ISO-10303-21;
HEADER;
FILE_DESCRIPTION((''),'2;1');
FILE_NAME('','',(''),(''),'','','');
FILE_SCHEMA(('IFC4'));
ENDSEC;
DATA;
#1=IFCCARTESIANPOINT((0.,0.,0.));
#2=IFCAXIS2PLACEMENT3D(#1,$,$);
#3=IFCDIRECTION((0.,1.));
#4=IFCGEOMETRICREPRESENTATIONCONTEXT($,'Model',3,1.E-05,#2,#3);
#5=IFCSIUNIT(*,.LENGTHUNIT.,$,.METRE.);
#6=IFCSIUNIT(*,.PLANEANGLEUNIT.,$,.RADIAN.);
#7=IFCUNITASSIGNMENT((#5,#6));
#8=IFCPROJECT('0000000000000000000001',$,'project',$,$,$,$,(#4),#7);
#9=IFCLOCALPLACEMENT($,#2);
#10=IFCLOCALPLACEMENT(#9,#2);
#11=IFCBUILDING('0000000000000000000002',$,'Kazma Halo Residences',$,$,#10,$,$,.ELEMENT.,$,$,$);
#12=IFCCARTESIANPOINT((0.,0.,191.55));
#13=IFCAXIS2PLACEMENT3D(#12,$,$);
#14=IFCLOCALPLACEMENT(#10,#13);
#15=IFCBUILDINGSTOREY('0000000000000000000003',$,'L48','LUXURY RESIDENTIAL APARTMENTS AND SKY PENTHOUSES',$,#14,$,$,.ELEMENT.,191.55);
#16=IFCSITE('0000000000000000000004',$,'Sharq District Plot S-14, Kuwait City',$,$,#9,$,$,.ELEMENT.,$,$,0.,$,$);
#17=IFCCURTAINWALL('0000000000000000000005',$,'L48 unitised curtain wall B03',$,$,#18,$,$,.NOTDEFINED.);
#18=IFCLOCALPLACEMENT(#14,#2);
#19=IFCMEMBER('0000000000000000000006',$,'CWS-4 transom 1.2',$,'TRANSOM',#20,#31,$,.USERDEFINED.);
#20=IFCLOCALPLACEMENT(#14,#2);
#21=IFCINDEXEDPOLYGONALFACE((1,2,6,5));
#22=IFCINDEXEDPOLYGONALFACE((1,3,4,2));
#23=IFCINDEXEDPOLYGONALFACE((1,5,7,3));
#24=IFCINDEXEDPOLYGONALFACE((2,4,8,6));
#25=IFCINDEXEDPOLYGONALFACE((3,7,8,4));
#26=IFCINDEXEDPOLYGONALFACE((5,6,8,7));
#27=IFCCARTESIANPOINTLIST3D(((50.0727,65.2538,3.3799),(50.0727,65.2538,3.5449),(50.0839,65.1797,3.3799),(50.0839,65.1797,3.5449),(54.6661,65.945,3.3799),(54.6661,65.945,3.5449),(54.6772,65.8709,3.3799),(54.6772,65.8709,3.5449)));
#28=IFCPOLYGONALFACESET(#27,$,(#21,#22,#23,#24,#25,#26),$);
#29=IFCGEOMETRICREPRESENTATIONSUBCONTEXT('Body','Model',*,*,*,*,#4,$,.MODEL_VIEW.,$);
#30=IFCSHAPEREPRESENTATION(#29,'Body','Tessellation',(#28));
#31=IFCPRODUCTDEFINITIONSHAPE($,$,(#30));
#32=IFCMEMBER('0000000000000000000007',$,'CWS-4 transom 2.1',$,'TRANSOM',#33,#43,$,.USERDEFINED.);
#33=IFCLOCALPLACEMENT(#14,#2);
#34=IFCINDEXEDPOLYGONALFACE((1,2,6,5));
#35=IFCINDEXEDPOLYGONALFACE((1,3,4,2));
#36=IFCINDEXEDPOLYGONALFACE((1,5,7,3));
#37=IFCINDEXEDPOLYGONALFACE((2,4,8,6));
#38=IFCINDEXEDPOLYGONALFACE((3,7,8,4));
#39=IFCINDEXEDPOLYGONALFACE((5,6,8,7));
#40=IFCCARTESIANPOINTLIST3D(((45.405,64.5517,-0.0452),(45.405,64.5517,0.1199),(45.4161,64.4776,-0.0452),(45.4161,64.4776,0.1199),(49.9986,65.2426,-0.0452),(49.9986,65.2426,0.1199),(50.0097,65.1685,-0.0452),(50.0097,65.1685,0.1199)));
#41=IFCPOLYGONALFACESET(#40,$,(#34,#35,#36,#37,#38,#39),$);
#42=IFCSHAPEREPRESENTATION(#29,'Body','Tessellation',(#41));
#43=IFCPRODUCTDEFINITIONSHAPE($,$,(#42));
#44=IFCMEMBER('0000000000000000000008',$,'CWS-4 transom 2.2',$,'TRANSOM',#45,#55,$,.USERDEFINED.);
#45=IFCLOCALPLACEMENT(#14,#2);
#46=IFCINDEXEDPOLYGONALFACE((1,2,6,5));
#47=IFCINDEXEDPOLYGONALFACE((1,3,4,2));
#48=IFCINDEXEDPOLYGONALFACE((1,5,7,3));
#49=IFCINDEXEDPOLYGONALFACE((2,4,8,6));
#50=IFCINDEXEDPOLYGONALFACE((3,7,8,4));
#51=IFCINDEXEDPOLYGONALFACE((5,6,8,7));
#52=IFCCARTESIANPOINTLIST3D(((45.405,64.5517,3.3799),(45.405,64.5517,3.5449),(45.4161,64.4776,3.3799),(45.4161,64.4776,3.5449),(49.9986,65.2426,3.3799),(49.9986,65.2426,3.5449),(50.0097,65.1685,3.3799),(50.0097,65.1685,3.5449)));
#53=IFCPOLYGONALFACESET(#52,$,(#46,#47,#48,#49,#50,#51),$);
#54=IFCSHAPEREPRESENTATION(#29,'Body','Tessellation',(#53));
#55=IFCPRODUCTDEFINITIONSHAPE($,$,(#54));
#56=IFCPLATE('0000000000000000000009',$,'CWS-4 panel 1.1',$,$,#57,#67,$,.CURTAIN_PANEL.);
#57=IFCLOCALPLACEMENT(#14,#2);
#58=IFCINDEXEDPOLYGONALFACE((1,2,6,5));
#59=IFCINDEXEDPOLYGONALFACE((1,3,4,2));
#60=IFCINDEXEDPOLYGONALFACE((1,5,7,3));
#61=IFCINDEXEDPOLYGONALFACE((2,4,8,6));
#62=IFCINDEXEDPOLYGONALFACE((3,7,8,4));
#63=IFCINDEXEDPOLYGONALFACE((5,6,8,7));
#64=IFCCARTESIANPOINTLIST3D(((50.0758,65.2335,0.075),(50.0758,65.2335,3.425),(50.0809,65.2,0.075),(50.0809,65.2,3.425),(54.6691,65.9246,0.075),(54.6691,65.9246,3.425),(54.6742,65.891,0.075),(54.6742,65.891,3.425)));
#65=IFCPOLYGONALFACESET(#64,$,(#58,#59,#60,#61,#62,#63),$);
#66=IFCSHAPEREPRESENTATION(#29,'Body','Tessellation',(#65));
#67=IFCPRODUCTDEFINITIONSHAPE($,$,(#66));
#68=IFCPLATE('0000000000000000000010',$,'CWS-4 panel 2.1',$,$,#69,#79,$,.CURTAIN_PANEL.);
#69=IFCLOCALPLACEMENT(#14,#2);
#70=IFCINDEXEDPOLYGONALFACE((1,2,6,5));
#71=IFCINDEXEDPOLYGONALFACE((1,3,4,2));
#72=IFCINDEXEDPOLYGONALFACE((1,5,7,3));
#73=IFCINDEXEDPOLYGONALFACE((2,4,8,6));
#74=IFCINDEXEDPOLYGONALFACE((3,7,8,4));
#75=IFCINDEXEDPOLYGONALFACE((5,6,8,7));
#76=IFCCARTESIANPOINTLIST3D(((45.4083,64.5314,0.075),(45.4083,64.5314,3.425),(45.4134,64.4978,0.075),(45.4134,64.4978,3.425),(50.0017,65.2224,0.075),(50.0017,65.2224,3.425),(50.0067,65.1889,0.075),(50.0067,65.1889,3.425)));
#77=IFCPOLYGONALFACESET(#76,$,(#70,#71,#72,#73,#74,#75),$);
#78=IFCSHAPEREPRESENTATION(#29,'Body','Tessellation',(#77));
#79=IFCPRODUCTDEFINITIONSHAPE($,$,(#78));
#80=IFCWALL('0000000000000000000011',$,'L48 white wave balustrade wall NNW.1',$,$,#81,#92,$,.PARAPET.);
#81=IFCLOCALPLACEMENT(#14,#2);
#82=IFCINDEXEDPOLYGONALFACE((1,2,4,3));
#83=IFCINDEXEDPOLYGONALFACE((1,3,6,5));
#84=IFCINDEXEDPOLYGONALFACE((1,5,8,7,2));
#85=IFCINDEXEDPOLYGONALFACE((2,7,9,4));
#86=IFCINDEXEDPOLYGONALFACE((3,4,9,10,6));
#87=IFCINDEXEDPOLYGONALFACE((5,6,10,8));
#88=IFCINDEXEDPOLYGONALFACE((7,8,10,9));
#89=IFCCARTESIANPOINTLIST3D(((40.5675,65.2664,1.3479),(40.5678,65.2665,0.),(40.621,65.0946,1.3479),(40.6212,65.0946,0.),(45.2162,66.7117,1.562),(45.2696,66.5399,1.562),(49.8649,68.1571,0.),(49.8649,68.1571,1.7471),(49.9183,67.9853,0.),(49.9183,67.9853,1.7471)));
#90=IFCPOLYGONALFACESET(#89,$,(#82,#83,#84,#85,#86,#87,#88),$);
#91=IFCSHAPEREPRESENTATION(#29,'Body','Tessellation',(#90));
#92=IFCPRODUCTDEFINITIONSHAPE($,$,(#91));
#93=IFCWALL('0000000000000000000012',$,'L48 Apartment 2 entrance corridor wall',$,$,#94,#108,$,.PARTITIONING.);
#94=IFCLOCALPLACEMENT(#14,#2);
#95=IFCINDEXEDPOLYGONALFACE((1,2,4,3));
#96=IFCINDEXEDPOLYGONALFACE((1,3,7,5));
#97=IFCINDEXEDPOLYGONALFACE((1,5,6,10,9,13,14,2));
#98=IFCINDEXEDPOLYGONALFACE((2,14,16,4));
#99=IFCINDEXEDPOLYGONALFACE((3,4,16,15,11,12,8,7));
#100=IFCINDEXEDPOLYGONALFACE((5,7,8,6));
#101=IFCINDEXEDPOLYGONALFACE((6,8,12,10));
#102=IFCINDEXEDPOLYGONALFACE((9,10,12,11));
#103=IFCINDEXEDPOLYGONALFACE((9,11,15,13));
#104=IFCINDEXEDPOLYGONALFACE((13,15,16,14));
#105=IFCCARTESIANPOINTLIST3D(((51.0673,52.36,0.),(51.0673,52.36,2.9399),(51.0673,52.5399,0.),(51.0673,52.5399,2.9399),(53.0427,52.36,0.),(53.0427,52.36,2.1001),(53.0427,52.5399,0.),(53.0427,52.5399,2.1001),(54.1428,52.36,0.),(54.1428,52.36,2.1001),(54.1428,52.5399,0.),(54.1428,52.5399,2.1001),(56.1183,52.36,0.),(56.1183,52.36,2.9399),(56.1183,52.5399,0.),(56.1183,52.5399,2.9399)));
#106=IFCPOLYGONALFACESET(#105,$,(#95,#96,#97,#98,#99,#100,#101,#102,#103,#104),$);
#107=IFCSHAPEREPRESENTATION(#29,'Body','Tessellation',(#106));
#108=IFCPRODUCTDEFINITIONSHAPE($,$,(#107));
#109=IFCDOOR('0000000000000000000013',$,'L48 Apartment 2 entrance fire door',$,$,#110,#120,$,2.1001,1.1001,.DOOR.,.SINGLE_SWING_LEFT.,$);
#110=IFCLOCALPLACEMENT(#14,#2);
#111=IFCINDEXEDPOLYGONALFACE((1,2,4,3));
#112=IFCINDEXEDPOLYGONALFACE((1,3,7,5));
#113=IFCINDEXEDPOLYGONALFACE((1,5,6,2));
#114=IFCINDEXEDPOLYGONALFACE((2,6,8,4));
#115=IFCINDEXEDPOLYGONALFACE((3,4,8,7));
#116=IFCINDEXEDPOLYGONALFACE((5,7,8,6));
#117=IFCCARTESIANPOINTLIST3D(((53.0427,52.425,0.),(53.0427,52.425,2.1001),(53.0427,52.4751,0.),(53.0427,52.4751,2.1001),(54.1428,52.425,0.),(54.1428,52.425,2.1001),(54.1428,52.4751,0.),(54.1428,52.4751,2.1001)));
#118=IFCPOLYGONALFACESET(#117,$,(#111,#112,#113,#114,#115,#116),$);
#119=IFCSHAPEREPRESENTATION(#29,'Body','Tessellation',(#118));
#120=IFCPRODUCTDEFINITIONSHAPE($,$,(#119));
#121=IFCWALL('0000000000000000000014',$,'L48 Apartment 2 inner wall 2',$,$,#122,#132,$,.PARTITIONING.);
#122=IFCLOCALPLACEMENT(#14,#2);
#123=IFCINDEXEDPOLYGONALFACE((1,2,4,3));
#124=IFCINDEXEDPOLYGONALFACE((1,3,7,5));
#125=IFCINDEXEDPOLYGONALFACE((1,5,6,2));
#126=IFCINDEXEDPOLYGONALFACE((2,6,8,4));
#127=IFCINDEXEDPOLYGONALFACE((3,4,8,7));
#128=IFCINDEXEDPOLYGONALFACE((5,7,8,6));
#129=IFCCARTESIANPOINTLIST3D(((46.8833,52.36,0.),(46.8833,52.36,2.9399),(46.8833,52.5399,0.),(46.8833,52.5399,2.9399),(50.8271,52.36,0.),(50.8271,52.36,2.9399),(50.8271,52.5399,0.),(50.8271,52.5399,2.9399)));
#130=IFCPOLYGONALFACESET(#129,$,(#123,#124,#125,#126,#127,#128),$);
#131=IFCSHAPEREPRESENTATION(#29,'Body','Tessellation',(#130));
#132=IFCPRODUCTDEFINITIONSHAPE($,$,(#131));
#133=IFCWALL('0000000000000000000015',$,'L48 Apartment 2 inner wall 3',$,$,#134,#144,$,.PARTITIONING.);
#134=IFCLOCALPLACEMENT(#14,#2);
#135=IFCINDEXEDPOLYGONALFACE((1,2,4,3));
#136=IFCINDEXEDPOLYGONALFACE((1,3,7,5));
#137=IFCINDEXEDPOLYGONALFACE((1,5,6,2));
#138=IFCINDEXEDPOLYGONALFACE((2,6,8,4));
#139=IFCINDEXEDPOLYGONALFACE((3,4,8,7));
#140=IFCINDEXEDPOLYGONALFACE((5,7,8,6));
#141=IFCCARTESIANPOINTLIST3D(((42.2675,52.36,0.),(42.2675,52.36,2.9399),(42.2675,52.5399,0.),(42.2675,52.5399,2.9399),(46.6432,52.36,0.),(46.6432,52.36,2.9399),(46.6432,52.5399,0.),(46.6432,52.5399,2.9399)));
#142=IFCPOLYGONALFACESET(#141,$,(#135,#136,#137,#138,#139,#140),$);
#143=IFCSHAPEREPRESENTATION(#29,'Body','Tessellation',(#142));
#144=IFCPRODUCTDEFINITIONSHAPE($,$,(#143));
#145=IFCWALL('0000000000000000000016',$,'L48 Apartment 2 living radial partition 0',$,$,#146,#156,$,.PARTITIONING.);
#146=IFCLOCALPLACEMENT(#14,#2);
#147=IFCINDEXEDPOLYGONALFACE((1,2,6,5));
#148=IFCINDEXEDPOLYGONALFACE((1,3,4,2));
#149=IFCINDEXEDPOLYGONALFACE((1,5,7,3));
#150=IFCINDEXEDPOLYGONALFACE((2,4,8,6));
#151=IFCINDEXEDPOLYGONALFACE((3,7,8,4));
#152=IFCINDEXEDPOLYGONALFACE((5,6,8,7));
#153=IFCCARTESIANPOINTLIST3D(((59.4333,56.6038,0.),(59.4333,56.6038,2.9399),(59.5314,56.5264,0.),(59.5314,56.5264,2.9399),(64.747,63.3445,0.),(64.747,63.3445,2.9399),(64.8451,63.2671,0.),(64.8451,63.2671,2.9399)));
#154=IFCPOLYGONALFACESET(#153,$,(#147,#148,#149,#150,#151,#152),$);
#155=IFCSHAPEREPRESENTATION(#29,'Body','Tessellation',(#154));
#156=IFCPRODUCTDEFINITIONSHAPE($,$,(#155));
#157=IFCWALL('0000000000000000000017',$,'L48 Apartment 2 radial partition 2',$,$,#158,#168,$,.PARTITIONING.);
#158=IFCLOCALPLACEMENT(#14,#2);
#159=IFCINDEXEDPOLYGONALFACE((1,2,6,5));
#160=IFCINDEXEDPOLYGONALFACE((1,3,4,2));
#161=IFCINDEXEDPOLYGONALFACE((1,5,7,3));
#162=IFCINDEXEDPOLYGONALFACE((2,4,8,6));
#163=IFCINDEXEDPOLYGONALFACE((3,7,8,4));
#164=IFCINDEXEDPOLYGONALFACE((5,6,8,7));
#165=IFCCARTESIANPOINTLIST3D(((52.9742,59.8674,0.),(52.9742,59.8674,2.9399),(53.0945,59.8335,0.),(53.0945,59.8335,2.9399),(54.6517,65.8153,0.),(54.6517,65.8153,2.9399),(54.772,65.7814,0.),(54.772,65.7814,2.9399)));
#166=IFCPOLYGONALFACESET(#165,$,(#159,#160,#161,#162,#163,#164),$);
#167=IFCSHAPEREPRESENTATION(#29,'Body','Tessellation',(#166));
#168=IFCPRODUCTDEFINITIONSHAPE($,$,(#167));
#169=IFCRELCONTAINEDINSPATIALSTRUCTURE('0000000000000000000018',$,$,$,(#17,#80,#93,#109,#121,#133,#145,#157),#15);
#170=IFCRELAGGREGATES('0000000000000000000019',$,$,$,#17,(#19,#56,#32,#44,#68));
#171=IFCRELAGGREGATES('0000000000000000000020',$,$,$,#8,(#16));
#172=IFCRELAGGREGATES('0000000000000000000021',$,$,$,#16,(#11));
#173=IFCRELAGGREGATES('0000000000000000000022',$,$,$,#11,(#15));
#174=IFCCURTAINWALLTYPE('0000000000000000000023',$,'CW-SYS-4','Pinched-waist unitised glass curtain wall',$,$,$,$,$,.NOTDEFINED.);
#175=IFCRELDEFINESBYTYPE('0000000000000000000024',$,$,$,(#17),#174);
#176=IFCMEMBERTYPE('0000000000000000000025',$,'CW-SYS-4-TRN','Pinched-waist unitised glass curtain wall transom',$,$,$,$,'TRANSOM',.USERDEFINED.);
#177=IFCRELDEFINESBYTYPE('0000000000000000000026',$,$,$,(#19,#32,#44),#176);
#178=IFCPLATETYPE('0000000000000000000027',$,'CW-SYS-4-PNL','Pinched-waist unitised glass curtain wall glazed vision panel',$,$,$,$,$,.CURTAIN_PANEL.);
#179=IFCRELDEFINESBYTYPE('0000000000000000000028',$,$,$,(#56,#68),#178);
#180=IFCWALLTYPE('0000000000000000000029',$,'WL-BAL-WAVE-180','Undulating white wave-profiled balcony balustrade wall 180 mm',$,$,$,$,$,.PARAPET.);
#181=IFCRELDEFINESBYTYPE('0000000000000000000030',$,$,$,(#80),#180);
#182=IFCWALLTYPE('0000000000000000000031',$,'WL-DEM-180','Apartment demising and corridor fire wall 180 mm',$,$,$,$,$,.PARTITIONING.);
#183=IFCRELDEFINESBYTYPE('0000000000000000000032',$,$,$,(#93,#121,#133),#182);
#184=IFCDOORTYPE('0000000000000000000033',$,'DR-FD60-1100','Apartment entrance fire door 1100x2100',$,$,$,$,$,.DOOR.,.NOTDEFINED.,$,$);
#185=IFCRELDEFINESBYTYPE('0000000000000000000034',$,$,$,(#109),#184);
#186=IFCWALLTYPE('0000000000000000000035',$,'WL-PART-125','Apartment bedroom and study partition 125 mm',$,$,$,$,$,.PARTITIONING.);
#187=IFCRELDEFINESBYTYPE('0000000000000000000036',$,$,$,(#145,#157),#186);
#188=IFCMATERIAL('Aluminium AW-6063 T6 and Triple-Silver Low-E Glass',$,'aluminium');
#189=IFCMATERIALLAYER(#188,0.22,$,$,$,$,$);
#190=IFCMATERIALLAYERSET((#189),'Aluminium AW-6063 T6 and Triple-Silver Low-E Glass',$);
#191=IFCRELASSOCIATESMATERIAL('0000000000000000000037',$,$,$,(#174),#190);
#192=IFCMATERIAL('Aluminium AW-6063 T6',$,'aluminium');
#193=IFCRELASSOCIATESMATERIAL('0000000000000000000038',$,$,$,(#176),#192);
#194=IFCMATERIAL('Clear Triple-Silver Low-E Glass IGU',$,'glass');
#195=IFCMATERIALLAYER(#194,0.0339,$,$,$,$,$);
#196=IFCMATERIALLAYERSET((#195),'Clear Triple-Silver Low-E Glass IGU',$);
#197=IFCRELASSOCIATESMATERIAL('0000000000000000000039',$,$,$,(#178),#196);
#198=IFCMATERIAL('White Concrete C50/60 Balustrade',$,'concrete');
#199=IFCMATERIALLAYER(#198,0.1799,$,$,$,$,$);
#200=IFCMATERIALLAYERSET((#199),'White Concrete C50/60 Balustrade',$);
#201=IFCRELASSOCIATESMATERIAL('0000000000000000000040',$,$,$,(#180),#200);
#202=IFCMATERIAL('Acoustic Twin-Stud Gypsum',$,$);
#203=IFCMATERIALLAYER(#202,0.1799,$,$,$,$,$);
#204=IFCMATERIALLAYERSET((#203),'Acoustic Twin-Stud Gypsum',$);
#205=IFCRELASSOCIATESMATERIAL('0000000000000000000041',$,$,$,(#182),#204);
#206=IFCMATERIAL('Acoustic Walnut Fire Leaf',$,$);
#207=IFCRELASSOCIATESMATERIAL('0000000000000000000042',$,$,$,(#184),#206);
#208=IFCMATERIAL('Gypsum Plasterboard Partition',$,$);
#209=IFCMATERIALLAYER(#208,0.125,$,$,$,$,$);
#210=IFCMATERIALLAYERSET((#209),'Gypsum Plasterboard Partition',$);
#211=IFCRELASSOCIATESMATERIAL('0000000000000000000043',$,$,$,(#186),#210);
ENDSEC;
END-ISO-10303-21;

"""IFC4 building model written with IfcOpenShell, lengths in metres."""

from ifc_helpers import new_model, si_unit, direction, frame, frame_2d, origin, origin_2d, place, context, subcontext, project, spatial, polyline, rectangle, outline, extrude, material, layer, layer_set, material_profile, profile_set, type_object, element, fill, aggregate, save


model = new_model("IFC4")

# Units and contexts
model_context = context("Model", 3, precision=1e-05, world=origin(), true_north=direction((0.0, 1.0)))
body_context = subcontext(model_context, "Body", "Model", "MODEL_VIEW")
ifc_project = project(units=[si_unit("LENGTHUNIT", "METRE"), si_unit("PLANEANGLEUNIT", "RADIAN")], contexts=[model_context])

# Site, building, storey
site_placement = place(None, origin())
site = spatial("IfcSite", under=ifc_project, at=site_placement, Name="Sharq District Plot S-14, Kuwait City", CompositionType="ELEMENT", RefElevation=0.0)
building_placement = place(site_placement, origin())
building = spatial("IfcBuilding", under=site, at=building_placement, Name="Kazma Halo Residences", CompositionType="ELEMENT")
storey_placement = place(building_placement, frame((0.0, 0.0, 191.55)))
storey = spatial("IfcBuildingStorey", under=building, at=storey_placement, Name="L48", Description="LUXURY RESIDENTIAL APARTMENTS AND SKY PENTHOUSES", CompositionType="ELEMENT", Elevation=191.55)

# Curtain wall, members, plates
ifc_material_1 = material(Name="Aluminium AW-6063 T6 and Triple-Silver Low-E Glass", Category="aluminium")
ifc_layer_1 = layer(ifc_material_1, 0.22)
ifc_layer_set_1 = layer_set([ifc_layer_1], Name="Aluminium AW-6063 T6 and Triple-Silver Low-E Glass")
curtain_wall_type = type_object("IfcCurtainWallType", Name="CW-SYS-4", Description="Pinched-waist unitised glass curtain wall", PredefinedType="NOTDEFINED", material=ifc_layer_set_1)
curtain_wall_placement = place(storey_placement, origin())
curtain_wall = element("IfcCurtainWall", 1, at=curtain_wall_placement, inside=storey, type_object=curtain_wall_type, Name="L48 unitised curtain wall B03", PredefinedType="NOTDEFINED")
ifc_material_2 = material(Name="Aluminium AW-6063 T6", Category="aluminium")
ifc_material_profile_1 = material_profile(ifc_material_2, rectangle(XDim=0.075, YDim=0.165, at=origin_2d()), Name="CWT-75x165")
ifc_profile_set_1 = profile_set([ifc_material_profile_1], Name="Aluminium AW-6063 T6")
member_type_1 = type_object("IfcMemberType", Name="CW-SYS-4-TRN", Description="Pinched-waist unitised glass curtain wall transom", ElementType="TRANSOM", PredefinedType="USERDEFINED", material=ifc_profile_set_1)
member_1_placement = place(storey_placement, frame((54.6716, 65.908, 3.4624), z_axis=(-0.988868, -0.148798, 0.0), x_axis=(0.148798, -0.988868, 0.0)))
member_1 = element("IfcMember", 2, at=member_1_placement, type_object=member_type_1, Name="CWS-4 transom 1.2", ObjectType="TRANSOM", PredefinedType="USERDEFINED", context=body_context, shape_type="SweptSolid", body=[
    extrude(rectangle(XDim=0.075, YDim=0.165, at=origin_2d()), origin(), (0.0, 0.0, 1.0), 4.645),
])
member_2_placement = place(storey_placement, frame((50.0042, 65.2056, 0.0374), z_axis=(-0.988877, -0.148739, 0.0), x_axis=(0.148739, -0.988877, 0.0)))
member_2 = element("IfcMember", 3, at=member_2_placement, type_object=member_type_1, Name="CWS-4 transom 2.1", ObjectType="TRANSOM", PredefinedType="USERDEFINED", context=body_context, shape_type="SweptSolid", body=[
    extrude(rectangle(XDim=0.075, YDim=0.165, at=origin_2d()), origin(), (0.0, 0.0, 1.0), 4.6453),
])
member_3_placement = place(storey_placement, frame((50.0042, 65.2056, 3.4624), z_axis=(-0.988877, -0.148739, 0.0), x_axis=(0.148739, -0.988877, 0.0)))
member_3 = element("IfcMember", 4, at=member_3_placement, type_object=member_type_1, Name="CWS-4 transom 2.2", ObjectType="TRANSOM", PredefinedType="USERDEFINED", context=body_context, shape_type="SweptSolid", body=[
    extrude(rectangle(XDim=0.075, YDim=0.165, at=origin_2d()), origin(), (0.0, 0.0, 1.0), 4.6453),
])
ifc_material_3 = material(Name="Clear Triple-Silver Low-E Glass IGU", Category="glass")
ifc_layer_2 = layer(ifc_material_3, 0.0339)
ifc_layer_set_2 = layer_set([ifc_layer_2], Name="Clear Triple-Silver Low-E Glass IGU")
plate_type = type_object("IfcPlateType", Name="CW-SYS-4-PNL", Description="Pinched-waist unitised glass curtain wall glazed vision panel", PredefinedType="CURTAIN_PANEL", material=ifc_layer_set_2)
plate_1_placement = place(storey_placement, frame((52.375, 65.5623, 0.075), z_axis=(0.0, 0.0, 1.0), x_axis=(-0.988871, -0.148773, 0.0)))
plate_1 = element("IfcPlate", 5, at=plate_1_placement, type_object=plate_type, Name="CWS-4 panel 1.1", PredefinedType="CURTAIN_PANEL", context=body_context, shape_type="SweptSolid", body=[
    extrude(rectangle(XDim=4.645, YDim=0.0339, at=origin_2d()), origin(), (0.0, 0.0, 1.0), 3.3501),
])
plate_2_placement = place(storey_placement, frame((47.7075, 64.8601, 0.075), z_axis=(0.0, 0.0, 1.0), x_axis=(-0.988871, -0.148773, 0.0)))
plate_2 = element("IfcPlate", 6, at=plate_2_placement, type_object=plate_type, Name="CWS-4 panel 2.1", PredefinedType="CURTAIN_PANEL", context=body_context, shape_type="SweptSolid", body=[
    extrude(rectangle(XDim=4.645, YDim=0.0339, at=origin_2d()), origin(), (0.0, 0.0, 1.0), 3.3501),
])
aggregate(curtain_wall, [member_1, plate_1, member_2, member_3, plate_2])

# Wall
ifc_material_4 = material(Name="White Concrete C50/60 Balustrade", Category="concrete")
ifc_layer_3 = layer(ifc_material_4, 0.1799)
ifc_layer_set_3 = layer_set([ifc_layer_3], Name="White Concrete C50/60 Balustrade")
wall_type_1 = type_object("IfcWallType", Name="WL-BAL-WAVE-180", Description="Undulating white wave-profiled balcony balustrade wall 180 mm", PredefinedType="PARAPET", material=ifc_layer_set_3)
wall_1_placement = place(storey_placement, frame((49.8916, 68.071, 0.0), z_axis=(0.0, 0.0, 1.0), x_axis=(-0.95491, -0.296897, 0.0)))
element("IfcWall", 7, at=wall_1_placement, inside=storey, type_object=wall_type_1, Name="L48 white wave balustrade wall NNW.1", PredefinedType="PARAPET", context=body_context, shape_type="SweptSolid", body=[
    extrude(outline(polyline([(0.0, 0.0), (9.7361, 0.0), (9.7363, 1.3479), (4.8682, 1.562), (0.0, 1.7471), (0.0, 0.0)])), frame((0.0, 0.0898, 0.0), z_axis=(0.0, -1.0, 0.0), x_axis=(1.0, 0.0, 0.0)), (0.0, 0.0, 1.0), 0.1799),
])

# Wall, opening, door
ifc_material_5 = material(Name="Acoustic Twin-Stud Gypsum")
ifc_layer_4 = layer(ifc_material_5, 0.1799)
ifc_layer_set_4 = layer_set([ifc_layer_4], Name="Acoustic Twin-Stud Gypsum")
wall_type_2 = type_object("IfcWallType", Name="WL-DEM-180", Description="Apartment demising and corridor fire wall 180 mm", PredefinedType="PARTITIONING", material=ifc_layer_set_4)
wall_2_placement = place(storey_placement, frame((56.1182, 52.45, 0.0), z_axis=(0.0, 0.0, 1.0), x_axis=(-1.0, 0.0, 0.0)))
wall_2 = element("IfcWall", 8, at=wall_2_placement, inside=storey, type_object=wall_type_2, Name="L48 Apartment 2 entrance corridor wall", PredefinedType="PARTITIONING", context=body_context, shape_type="SweptSolid", body=[
    extrude(rectangle(XDim=5.051, YDim=0.1799, at=frame_2d((2.5254, 0.0))), origin(), (0.0, 0.0, 1.0), 2.9399),
])
opening_1_placement = place(wall_2_placement, frame((1.9753, 0.0, 0.0)))
opening_1 = element("IfcOpeningElement", 9, at=opening_1_placement, cuts=wall_2, PredefinedType="OPENING", context=body_context, shape_type="SweptSolid", body=[
    extrude(rectangle(XDim=1.1001, YDim=2.1001, at=frame_2d((0.55, 1.05))), frame((0.0, 0.0999, 0.0), z_axis=(0.0, -1.0, 0.0), x_axis=(1.0, 0.0, 0.0)), (0.0, 0.0, 1.0), 0.2),
])
ifc_material_6 = material(Name="Acoustic Walnut Fire Leaf")
door_type_1 = type_object("IfcDoorType", Name="DR-FD60-1100", Description="Apartment entrance fire door 1100x2100", OperationType="NOTDEFINED", PredefinedType="DOOR", material=ifc_material_6)
door_1_placement = place(opening_1_placement, origin())
door_1 = element("IfcDoor", 10, at=door_1_placement, inside=storey, type_object=door_type_1, Name="L48 Apartment 2 entrance fire door", OperationType="SINGLE_SWING_LEFT", OverallHeight=2.1001, OverallWidth=1.1001, PredefinedType="DOOR", context=body_context, shape_type="SweptSolid", body=[
    extrude(rectangle(XDim=1.1001, YDim=2.1001, at=frame_2d((0.55, 1.05))), frame((0.0, 0.0249, 0.0), z_axis=(0.0, -1.0, 0.0), x_axis=(1.0, 0.0, 0.0)), (0.0, 0.0, 1.0), 0.05),
])
fill(opening_1, door_1)

# Walls
wall_3_placement = place(storey_placement, frame((50.8271, 52.45, 0.0), z_axis=(0.0, 0.0, 1.0), x_axis=(-1.0, 0.0, 0.0)))
element("IfcWall", 11, at=wall_3_placement, inside=storey, type_object=wall_type_2, Name="L48 Apartment 2 inner wall 2", PredefinedType="PARTITIONING", context=body_context, shape_type="SweptSolid", body=[
    extrude(rectangle(XDim=3.9438, YDim=0.1799, at=frame_2d((1.9719, 0.0))), origin(), (0.0, 0.0, 1.0), 2.9399),
])
wall_4_placement = place(storey_placement, frame((46.6433, 52.45, 0.0), z_axis=(0.0, 0.0, 1.0), x_axis=(-1.0, 0.0, 0.0)))
element("IfcWall", 12, at=wall_4_placement, inside=storey, type_object=wall_type_2, Name="L48 Apartment 2 inner wall 3", PredefinedType="PARTITIONING", context=body_context, shape_type="SweptSolid", body=[
    extrude(rectangle(XDim=4.3757, YDim=0.1799, at=frame_2d((2.188, 0.0))), origin(), (0.0, 0.0, 1.0), 2.9399),
])
ifc_material_7 = material(Name="Gypsum Plasterboard Partition")
ifc_layer_5 = layer(ifc_material_7, 0.125)
ifc_layer_set_5 = layer_set([ifc_layer_5], Name="Gypsum Plasterboard Partition")
wall_type_3 = type_object("IfcWallType", Name="WL-PART-125", Description="Apartment bedroom and study partition 125 mm", PredefinedType="PARTITIONING", material=ifc_layer_set_5)
wall_5_placement = place(storey_placement, frame((59.4824, 56.5652, 0.0), z_axis=(0.0, 0.0, 1.0), x_axis=(0.619077, 0.78533, 0.0)))
element("IfcWall", 13, at=wall_5_placement, inside=storey, type_object=wall_type_3, Name="L48 Apartment 2 living radial partition 0", PredefinedType="PARTITIONING", context=body_context, shape_type="SweptSolid", body=[
    extrude(rectangle(XDim=8.5833, YDim=0.125, at=frame_2d((4.2915, 0.0))), origin(), (0.0, 0.0, 1.0), 2.9399),
])
wall_6_placement = place(storey_placement, frame((53.0344, 59.8506, 0.0), z_axis=(0.0, 0.0, 1.0), x_axis=(0.271438, 0.962456, 0.0)))
element("IfcWall", 14, at=wall_6_placement, inside=storey, type_object=wall_type_3, Name="L48 Apartment 2 radial partition 2", PredefinedType="PARTITIONING", context=body_context, shape_type="SweptSolid", body=[
    extrude(rectangle(XDim=6.1799, YDim=0.125, at=frame_2d((3.0898, 0.0))), origin(), (0.0, 0.0, 1.0), 2.9399),
])

save(model, "model.ifc")
